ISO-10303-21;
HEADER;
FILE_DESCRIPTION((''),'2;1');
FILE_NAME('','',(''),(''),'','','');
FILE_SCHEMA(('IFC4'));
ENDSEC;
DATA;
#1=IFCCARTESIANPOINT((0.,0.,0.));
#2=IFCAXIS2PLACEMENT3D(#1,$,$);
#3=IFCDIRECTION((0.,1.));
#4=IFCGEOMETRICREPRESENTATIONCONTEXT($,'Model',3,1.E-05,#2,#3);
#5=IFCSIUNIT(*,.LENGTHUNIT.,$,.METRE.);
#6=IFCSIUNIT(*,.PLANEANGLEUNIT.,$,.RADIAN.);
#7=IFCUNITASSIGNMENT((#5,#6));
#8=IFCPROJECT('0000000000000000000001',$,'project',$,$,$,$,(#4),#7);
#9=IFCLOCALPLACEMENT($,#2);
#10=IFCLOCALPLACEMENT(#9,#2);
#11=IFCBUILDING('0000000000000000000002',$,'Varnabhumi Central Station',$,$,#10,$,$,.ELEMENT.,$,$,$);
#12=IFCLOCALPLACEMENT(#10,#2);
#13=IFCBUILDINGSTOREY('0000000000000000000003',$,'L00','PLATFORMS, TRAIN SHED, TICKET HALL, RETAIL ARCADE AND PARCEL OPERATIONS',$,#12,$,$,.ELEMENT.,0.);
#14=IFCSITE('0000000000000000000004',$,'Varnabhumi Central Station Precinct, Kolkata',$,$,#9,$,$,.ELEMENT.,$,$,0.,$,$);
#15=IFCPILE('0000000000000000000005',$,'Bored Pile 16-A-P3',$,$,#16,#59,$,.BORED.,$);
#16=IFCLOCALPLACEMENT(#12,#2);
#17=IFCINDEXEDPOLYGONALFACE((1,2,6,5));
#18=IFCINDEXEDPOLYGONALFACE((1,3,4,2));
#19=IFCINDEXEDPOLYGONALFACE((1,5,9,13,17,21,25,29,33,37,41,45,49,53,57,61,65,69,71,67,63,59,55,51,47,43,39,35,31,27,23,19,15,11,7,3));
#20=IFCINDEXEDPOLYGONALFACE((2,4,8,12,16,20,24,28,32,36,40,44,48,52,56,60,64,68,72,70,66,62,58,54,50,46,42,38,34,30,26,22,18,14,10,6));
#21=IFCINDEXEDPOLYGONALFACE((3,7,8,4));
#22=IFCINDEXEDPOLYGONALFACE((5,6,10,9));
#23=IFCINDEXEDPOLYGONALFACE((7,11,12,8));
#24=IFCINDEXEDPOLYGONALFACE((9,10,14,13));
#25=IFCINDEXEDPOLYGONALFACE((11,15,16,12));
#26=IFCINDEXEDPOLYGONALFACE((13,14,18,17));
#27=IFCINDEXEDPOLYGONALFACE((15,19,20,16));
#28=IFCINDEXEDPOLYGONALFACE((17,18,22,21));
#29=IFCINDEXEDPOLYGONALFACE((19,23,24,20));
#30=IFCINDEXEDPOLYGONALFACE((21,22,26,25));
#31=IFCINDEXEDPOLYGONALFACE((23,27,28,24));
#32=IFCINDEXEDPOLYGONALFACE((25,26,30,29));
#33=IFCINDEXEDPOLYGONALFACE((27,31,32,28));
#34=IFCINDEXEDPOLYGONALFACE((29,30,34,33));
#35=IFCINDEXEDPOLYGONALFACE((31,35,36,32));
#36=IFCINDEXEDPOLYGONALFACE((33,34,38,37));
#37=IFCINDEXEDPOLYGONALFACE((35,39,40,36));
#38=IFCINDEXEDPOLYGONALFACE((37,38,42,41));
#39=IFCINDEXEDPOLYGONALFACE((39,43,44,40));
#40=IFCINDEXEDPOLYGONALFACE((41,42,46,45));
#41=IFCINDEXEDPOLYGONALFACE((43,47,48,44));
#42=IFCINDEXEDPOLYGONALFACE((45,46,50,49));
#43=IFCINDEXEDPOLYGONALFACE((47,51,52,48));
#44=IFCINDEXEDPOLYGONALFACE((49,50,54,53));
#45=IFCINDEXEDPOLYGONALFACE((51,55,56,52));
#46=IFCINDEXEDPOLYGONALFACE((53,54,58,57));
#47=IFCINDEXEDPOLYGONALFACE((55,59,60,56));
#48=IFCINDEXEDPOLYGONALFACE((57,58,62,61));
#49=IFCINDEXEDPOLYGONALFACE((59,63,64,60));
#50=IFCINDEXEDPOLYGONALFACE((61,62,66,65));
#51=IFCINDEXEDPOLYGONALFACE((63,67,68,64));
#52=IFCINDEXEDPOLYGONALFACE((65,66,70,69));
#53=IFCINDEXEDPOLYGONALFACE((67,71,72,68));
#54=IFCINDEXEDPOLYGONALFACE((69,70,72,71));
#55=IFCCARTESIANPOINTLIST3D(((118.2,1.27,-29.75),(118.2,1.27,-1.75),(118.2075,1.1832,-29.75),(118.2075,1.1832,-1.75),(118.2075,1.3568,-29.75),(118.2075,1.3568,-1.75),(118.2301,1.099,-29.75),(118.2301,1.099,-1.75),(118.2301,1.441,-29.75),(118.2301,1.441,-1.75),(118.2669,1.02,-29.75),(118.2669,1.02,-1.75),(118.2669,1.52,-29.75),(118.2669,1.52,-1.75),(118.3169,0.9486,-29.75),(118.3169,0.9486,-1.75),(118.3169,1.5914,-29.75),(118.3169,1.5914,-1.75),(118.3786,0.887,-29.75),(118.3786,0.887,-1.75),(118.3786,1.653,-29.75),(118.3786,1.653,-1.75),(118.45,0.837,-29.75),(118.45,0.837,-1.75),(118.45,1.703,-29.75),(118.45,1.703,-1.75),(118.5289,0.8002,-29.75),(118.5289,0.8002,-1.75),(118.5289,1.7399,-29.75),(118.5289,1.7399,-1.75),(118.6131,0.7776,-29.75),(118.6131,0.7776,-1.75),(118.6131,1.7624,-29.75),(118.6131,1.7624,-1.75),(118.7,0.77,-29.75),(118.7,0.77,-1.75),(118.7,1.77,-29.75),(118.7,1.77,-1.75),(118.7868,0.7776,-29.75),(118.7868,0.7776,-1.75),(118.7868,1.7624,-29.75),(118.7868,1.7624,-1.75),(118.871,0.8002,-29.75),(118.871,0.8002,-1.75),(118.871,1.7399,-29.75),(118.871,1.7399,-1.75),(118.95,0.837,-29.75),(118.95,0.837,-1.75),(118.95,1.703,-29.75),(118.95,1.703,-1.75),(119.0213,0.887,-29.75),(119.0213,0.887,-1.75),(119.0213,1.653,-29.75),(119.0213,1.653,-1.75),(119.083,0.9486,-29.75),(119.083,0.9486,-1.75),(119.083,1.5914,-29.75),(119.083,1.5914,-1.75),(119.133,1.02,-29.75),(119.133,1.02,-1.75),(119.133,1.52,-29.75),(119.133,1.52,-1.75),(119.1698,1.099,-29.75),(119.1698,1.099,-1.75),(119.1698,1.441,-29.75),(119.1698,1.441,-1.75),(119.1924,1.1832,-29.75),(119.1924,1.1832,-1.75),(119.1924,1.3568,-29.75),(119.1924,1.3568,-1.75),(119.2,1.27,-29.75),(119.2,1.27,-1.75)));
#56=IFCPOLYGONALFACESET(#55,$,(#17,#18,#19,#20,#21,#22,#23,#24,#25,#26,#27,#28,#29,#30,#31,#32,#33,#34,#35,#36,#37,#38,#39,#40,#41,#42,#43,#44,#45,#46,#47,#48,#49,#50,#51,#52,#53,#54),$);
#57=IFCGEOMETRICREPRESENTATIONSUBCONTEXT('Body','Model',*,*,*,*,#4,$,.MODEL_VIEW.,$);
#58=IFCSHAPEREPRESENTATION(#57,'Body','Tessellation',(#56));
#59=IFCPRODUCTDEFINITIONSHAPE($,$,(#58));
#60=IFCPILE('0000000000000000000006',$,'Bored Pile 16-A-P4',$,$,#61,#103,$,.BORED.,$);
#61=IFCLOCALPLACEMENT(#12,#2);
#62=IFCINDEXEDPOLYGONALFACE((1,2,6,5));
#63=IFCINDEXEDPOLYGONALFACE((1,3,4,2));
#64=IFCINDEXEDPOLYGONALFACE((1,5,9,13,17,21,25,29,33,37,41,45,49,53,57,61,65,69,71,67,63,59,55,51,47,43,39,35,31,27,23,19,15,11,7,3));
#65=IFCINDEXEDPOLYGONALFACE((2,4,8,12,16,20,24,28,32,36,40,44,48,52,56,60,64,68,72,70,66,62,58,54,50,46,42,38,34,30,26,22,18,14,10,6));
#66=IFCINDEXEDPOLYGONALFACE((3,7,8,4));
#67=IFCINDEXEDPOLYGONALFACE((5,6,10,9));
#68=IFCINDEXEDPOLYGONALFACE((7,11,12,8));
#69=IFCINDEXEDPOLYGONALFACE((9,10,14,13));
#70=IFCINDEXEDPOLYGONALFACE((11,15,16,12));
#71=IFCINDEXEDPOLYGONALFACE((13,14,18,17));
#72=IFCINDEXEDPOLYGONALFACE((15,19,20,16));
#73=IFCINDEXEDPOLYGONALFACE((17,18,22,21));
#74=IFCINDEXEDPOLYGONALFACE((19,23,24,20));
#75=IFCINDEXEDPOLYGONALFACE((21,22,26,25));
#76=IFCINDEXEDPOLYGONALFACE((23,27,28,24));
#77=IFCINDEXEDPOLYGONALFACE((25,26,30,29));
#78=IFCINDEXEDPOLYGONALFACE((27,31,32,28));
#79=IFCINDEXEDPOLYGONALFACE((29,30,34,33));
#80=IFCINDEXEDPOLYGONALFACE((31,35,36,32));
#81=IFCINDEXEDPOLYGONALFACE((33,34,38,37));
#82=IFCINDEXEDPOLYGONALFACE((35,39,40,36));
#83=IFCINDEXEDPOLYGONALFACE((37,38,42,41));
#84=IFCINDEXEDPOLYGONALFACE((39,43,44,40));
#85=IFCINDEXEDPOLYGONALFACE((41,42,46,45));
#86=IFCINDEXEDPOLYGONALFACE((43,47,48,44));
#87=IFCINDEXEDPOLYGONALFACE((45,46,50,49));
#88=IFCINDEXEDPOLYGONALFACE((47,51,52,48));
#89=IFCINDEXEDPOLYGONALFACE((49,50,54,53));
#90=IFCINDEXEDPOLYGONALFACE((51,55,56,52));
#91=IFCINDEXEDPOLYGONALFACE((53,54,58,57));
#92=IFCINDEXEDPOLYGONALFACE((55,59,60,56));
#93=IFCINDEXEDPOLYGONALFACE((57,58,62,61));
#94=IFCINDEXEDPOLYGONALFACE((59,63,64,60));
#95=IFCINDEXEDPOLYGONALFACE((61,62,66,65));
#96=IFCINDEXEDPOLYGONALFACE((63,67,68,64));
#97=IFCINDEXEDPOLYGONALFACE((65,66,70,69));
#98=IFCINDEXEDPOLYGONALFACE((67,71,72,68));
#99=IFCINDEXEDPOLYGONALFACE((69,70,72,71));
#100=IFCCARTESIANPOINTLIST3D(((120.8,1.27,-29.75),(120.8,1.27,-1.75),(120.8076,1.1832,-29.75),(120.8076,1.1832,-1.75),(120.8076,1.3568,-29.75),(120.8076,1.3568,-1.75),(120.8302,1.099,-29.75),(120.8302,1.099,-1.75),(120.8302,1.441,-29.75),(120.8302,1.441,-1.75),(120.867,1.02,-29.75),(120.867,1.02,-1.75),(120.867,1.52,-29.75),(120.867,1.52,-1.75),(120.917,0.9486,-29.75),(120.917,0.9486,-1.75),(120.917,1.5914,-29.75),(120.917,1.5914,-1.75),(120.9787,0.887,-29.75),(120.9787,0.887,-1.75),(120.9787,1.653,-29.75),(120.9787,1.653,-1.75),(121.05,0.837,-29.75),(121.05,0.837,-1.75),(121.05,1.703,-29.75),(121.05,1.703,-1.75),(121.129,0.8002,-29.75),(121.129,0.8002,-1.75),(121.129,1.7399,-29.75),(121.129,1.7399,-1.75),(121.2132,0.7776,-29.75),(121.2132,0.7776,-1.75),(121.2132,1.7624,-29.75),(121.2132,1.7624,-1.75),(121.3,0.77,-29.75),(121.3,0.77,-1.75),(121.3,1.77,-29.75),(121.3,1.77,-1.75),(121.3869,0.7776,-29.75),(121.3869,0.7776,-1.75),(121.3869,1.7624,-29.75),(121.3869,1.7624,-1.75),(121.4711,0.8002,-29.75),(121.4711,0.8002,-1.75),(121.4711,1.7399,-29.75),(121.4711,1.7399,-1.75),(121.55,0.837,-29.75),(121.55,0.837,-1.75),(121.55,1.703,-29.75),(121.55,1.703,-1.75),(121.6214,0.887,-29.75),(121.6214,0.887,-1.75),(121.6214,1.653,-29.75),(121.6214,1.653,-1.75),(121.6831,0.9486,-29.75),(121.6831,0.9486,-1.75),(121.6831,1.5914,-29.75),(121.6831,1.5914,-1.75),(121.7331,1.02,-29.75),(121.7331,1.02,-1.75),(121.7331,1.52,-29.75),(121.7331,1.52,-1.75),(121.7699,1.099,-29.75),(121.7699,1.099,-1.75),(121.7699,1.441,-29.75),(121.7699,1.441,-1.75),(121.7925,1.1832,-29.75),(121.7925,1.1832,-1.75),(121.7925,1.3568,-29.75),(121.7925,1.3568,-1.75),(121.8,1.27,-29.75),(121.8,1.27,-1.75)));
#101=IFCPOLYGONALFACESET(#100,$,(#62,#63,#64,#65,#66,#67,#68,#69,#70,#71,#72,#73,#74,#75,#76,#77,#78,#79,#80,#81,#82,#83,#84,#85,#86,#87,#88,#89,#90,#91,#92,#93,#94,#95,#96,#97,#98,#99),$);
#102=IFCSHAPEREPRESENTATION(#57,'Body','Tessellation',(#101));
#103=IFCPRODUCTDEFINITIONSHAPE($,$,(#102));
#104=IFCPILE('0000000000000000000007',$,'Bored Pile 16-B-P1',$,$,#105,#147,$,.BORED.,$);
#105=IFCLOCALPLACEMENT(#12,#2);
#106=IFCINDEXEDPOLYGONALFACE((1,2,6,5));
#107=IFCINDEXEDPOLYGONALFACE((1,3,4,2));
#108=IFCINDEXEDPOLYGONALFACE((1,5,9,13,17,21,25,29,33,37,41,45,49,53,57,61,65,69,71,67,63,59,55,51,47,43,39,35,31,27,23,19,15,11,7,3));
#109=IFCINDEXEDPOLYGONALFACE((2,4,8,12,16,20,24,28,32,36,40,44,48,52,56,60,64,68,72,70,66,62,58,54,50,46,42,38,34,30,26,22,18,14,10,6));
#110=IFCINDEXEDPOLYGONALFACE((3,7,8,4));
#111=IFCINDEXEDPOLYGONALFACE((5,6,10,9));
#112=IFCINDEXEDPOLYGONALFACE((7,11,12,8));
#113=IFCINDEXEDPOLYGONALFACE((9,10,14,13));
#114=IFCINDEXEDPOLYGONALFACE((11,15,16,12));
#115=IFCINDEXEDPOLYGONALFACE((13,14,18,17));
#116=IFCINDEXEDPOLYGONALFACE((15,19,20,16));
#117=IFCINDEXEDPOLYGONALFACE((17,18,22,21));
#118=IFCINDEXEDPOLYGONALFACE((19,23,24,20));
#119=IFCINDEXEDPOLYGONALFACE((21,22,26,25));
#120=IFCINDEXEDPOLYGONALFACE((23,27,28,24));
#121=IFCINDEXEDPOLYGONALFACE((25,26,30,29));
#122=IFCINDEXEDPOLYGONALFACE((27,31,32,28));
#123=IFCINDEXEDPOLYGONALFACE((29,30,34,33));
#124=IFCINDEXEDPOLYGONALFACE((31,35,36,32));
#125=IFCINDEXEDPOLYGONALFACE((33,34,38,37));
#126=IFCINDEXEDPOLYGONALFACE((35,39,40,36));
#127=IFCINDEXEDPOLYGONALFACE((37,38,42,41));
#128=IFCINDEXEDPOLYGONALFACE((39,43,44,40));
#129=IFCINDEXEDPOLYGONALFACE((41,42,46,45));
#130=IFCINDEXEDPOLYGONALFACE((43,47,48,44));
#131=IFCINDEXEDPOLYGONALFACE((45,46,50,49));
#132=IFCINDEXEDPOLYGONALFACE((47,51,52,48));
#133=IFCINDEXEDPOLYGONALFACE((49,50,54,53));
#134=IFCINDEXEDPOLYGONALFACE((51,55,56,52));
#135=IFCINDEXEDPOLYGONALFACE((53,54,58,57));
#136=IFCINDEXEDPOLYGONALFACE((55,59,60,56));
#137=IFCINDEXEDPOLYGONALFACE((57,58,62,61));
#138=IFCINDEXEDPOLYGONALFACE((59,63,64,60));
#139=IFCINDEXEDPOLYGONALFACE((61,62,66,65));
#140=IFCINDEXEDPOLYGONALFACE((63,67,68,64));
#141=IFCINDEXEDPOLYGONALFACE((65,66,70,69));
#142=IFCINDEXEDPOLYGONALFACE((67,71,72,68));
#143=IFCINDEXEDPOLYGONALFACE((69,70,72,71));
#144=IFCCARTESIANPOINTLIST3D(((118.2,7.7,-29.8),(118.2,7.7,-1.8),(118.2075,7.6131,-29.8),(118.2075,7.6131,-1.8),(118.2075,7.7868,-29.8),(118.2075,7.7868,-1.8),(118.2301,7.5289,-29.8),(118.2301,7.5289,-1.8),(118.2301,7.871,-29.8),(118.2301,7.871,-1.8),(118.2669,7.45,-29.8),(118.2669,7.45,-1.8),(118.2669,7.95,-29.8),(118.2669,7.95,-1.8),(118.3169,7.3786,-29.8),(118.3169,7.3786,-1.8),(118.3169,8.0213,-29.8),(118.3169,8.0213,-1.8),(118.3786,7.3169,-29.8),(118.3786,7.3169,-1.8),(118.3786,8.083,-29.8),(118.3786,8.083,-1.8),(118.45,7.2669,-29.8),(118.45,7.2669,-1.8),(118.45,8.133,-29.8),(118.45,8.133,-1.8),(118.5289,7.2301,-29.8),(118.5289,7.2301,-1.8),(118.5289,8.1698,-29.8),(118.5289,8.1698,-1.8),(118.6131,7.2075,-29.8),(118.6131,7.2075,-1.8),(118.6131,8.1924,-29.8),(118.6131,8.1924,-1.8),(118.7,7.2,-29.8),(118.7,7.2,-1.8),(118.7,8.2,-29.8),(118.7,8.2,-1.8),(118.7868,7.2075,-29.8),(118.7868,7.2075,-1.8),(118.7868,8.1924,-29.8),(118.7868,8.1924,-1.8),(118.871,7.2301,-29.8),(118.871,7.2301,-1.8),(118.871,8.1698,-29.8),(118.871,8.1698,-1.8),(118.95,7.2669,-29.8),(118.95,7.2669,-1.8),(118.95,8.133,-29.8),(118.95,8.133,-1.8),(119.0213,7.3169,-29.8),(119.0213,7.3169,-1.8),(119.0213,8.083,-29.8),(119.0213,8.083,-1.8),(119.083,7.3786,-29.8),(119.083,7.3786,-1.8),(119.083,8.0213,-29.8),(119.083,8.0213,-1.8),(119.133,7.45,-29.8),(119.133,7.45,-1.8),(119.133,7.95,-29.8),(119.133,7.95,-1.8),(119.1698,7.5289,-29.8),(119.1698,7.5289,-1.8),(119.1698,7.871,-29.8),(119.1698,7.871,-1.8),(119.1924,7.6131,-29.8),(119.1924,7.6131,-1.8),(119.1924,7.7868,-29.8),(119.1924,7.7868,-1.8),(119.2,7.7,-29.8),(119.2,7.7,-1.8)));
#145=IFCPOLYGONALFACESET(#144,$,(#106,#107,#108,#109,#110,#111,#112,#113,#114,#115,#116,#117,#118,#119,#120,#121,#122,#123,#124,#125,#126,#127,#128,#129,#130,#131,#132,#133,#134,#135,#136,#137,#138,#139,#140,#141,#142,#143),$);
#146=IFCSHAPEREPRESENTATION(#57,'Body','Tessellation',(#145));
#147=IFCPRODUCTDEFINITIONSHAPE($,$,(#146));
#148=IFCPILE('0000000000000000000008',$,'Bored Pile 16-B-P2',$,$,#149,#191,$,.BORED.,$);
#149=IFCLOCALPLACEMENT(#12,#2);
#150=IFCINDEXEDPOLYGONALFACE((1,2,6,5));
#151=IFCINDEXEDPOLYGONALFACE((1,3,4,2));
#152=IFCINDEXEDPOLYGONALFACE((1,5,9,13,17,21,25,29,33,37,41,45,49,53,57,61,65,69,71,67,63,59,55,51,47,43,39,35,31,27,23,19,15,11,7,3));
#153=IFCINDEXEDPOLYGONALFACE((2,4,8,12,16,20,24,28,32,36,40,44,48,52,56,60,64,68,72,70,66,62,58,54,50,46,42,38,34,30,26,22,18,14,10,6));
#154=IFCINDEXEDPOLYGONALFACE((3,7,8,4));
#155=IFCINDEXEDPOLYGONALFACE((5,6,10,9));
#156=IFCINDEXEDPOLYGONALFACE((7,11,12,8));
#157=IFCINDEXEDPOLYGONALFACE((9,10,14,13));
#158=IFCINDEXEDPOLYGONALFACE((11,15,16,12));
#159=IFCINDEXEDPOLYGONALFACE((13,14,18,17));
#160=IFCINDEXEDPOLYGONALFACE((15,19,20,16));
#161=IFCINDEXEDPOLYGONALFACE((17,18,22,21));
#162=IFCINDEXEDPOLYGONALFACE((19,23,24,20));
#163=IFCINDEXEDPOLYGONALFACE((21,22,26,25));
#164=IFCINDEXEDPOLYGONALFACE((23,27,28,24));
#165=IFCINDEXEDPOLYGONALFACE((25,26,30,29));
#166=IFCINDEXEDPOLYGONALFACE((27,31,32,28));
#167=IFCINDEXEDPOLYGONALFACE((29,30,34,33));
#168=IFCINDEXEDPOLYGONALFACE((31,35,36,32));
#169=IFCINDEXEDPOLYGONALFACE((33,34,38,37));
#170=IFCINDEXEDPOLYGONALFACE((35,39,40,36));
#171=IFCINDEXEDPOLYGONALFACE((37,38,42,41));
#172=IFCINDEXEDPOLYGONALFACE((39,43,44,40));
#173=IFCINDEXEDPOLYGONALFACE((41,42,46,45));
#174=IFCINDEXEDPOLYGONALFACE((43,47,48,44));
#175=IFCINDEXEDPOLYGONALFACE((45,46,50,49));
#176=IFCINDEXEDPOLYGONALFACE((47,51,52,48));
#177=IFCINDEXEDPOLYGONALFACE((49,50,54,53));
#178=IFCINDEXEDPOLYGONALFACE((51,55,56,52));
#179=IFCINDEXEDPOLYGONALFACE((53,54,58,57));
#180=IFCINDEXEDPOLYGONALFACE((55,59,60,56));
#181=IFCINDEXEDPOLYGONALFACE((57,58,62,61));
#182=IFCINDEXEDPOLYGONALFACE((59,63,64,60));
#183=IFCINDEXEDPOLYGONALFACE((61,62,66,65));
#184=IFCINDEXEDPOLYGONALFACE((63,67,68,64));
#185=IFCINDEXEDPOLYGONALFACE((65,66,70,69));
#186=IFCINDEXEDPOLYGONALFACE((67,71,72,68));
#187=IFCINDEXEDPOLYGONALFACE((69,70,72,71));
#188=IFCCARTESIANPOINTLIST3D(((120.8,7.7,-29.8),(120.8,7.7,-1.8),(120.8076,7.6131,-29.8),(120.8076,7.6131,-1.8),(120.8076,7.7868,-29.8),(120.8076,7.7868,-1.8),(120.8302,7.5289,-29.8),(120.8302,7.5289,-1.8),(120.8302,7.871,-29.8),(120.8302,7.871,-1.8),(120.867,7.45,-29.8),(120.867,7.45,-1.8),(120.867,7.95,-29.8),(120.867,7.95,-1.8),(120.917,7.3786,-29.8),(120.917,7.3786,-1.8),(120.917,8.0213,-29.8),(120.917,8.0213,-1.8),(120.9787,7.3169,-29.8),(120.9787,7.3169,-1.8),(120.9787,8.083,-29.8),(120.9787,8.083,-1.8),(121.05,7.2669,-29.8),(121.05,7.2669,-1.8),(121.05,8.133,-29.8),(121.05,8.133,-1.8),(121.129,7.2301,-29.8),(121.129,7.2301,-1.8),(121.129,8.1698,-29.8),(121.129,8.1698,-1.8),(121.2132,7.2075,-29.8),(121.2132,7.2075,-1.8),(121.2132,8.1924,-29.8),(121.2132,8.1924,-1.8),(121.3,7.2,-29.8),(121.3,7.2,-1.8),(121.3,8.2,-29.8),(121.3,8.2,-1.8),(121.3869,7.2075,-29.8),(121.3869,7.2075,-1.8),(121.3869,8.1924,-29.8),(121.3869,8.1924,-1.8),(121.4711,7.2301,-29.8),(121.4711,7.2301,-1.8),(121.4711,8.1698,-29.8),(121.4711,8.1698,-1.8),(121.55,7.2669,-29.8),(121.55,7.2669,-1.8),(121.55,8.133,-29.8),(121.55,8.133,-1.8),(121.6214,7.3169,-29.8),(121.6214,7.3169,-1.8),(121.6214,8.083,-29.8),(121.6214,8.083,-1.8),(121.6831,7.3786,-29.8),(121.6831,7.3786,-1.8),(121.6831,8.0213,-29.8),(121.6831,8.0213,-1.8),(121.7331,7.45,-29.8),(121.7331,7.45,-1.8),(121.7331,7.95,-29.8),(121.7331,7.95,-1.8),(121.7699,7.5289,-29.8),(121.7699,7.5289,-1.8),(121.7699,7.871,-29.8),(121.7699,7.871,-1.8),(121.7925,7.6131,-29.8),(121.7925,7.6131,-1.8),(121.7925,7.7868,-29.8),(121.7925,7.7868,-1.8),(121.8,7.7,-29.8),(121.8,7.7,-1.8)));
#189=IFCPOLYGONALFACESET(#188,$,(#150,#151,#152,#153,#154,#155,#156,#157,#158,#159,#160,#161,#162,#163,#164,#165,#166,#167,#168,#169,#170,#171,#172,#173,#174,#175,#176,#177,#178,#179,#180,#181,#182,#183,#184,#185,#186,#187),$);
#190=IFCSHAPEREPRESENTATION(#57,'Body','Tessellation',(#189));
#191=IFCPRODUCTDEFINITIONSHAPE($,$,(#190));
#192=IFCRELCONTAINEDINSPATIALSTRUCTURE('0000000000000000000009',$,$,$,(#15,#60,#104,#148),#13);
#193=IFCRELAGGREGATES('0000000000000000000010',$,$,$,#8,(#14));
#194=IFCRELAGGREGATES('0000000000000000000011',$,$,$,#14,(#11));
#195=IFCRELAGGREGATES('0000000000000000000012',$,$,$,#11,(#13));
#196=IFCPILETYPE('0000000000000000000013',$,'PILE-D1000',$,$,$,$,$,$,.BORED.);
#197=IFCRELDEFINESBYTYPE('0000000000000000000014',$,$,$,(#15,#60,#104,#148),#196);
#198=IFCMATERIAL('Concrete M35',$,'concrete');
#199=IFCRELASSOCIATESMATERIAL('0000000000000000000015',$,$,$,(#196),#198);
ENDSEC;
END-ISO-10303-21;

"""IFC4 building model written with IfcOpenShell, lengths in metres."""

from ifc_helpers import new_model, si_unit, direction, frame, origin, origin_2d, place, context, subcontext, project, spatial, circle, extrude, material, material_profile, profile_set, type_object, element, save


model = new_model("IFC4")

# Units and contexts
model_context = context("Model", 3, precision=1e-05, world=origin(), true_north=direction((0.0, 1.0)))
body_context = subcontext(model_context, "Body", "Model", "MODEL_VIEW")
ifc_project = project(units=[si_unit("LENGTHUNIT", "METRE"), si_unit("PLANEANGLEUNIT", "RADIAN")], contexts=[model_context])

# Site, building, storey
site_placement = place(None, origin())
site = spatial("IfcSite", under=ifc_project, at=site_placement, Name="Varnabhumi Central Station Precinct, Kolkata", CompositionType="ELEMENT", RefElevation=0.0)
building_placement = place(site_placement, origin())
building = spatial("IfcBuilding", under=site, at=building_placement, Name="Varnabhumi Central Station", CompositionType="ELEMENT")
storey_placement = place(building_placement, origin())
storey = spatial("IfcBuildingStorey", under=building, at=storey_placement, Name="L00", Description="PLATFORMS, TRAIN SHED, TICKET HALL, RETAIL ARCADE AND PARCEL OPERATIONS", CompositionType="ELEMENT", Elevation=0.0)

# Piles
ifc_material_1 = material(Name="Concrete M35", Category="concrete")
ifc_material_profile_1 = material_profile(ifc_material_1, circle(Radius=0.5, at=origin_2d()), Name="Concrete M35", Category="concrete")
ifc_profile_set_1 = profile_set([ifc_material_profile_1], Name="Concrete M35")
pile_type = type_object("IfcPileType", Name="PILE-D1000", PredefinedType="BORED", material=ifc_profile_set_1)
for number, where, z_axis, x_axis, name in (
    (1, (118.7, 1.27, -1.75), (0.0, 0.0, -1.0), (1.0, 0.0, 0.0), "Bored Pile 16-A-P3"),
    (2, (121.3, 1.27, -1.75), (0.0, 0.0, -1.0), (1.0, 0.0, 0.0), "Bored Pile 16-A-P4"),
    (3, (118.7, 7.7, -1.8), (0.0, 0.0, -1.0), (1.0, 0.0, 0.0), "Bored Pile 16-B-P1"),
    (4, (121.3, 7.7, -1.8), (0.0, 0.0, -1.0), (1.0, 0.0, 0.0), "Bored Pile 16-B-P2"),
):
    element("IfcPile", number, at=place(storey_placement, frame(where, z_axis=z_axis, x_axis=x_axis)), inside=storey, type_object=pile_type, Name=name, PredefinedType="BORED", context=body_context, shape_type="SweptSolid", body=[
        extrude(circle(Radius=0.5, at=origin_2d()), origin(), (0.0, 0.0, 1.0), 28.0),
    ])

save(model, "model.ifc")
